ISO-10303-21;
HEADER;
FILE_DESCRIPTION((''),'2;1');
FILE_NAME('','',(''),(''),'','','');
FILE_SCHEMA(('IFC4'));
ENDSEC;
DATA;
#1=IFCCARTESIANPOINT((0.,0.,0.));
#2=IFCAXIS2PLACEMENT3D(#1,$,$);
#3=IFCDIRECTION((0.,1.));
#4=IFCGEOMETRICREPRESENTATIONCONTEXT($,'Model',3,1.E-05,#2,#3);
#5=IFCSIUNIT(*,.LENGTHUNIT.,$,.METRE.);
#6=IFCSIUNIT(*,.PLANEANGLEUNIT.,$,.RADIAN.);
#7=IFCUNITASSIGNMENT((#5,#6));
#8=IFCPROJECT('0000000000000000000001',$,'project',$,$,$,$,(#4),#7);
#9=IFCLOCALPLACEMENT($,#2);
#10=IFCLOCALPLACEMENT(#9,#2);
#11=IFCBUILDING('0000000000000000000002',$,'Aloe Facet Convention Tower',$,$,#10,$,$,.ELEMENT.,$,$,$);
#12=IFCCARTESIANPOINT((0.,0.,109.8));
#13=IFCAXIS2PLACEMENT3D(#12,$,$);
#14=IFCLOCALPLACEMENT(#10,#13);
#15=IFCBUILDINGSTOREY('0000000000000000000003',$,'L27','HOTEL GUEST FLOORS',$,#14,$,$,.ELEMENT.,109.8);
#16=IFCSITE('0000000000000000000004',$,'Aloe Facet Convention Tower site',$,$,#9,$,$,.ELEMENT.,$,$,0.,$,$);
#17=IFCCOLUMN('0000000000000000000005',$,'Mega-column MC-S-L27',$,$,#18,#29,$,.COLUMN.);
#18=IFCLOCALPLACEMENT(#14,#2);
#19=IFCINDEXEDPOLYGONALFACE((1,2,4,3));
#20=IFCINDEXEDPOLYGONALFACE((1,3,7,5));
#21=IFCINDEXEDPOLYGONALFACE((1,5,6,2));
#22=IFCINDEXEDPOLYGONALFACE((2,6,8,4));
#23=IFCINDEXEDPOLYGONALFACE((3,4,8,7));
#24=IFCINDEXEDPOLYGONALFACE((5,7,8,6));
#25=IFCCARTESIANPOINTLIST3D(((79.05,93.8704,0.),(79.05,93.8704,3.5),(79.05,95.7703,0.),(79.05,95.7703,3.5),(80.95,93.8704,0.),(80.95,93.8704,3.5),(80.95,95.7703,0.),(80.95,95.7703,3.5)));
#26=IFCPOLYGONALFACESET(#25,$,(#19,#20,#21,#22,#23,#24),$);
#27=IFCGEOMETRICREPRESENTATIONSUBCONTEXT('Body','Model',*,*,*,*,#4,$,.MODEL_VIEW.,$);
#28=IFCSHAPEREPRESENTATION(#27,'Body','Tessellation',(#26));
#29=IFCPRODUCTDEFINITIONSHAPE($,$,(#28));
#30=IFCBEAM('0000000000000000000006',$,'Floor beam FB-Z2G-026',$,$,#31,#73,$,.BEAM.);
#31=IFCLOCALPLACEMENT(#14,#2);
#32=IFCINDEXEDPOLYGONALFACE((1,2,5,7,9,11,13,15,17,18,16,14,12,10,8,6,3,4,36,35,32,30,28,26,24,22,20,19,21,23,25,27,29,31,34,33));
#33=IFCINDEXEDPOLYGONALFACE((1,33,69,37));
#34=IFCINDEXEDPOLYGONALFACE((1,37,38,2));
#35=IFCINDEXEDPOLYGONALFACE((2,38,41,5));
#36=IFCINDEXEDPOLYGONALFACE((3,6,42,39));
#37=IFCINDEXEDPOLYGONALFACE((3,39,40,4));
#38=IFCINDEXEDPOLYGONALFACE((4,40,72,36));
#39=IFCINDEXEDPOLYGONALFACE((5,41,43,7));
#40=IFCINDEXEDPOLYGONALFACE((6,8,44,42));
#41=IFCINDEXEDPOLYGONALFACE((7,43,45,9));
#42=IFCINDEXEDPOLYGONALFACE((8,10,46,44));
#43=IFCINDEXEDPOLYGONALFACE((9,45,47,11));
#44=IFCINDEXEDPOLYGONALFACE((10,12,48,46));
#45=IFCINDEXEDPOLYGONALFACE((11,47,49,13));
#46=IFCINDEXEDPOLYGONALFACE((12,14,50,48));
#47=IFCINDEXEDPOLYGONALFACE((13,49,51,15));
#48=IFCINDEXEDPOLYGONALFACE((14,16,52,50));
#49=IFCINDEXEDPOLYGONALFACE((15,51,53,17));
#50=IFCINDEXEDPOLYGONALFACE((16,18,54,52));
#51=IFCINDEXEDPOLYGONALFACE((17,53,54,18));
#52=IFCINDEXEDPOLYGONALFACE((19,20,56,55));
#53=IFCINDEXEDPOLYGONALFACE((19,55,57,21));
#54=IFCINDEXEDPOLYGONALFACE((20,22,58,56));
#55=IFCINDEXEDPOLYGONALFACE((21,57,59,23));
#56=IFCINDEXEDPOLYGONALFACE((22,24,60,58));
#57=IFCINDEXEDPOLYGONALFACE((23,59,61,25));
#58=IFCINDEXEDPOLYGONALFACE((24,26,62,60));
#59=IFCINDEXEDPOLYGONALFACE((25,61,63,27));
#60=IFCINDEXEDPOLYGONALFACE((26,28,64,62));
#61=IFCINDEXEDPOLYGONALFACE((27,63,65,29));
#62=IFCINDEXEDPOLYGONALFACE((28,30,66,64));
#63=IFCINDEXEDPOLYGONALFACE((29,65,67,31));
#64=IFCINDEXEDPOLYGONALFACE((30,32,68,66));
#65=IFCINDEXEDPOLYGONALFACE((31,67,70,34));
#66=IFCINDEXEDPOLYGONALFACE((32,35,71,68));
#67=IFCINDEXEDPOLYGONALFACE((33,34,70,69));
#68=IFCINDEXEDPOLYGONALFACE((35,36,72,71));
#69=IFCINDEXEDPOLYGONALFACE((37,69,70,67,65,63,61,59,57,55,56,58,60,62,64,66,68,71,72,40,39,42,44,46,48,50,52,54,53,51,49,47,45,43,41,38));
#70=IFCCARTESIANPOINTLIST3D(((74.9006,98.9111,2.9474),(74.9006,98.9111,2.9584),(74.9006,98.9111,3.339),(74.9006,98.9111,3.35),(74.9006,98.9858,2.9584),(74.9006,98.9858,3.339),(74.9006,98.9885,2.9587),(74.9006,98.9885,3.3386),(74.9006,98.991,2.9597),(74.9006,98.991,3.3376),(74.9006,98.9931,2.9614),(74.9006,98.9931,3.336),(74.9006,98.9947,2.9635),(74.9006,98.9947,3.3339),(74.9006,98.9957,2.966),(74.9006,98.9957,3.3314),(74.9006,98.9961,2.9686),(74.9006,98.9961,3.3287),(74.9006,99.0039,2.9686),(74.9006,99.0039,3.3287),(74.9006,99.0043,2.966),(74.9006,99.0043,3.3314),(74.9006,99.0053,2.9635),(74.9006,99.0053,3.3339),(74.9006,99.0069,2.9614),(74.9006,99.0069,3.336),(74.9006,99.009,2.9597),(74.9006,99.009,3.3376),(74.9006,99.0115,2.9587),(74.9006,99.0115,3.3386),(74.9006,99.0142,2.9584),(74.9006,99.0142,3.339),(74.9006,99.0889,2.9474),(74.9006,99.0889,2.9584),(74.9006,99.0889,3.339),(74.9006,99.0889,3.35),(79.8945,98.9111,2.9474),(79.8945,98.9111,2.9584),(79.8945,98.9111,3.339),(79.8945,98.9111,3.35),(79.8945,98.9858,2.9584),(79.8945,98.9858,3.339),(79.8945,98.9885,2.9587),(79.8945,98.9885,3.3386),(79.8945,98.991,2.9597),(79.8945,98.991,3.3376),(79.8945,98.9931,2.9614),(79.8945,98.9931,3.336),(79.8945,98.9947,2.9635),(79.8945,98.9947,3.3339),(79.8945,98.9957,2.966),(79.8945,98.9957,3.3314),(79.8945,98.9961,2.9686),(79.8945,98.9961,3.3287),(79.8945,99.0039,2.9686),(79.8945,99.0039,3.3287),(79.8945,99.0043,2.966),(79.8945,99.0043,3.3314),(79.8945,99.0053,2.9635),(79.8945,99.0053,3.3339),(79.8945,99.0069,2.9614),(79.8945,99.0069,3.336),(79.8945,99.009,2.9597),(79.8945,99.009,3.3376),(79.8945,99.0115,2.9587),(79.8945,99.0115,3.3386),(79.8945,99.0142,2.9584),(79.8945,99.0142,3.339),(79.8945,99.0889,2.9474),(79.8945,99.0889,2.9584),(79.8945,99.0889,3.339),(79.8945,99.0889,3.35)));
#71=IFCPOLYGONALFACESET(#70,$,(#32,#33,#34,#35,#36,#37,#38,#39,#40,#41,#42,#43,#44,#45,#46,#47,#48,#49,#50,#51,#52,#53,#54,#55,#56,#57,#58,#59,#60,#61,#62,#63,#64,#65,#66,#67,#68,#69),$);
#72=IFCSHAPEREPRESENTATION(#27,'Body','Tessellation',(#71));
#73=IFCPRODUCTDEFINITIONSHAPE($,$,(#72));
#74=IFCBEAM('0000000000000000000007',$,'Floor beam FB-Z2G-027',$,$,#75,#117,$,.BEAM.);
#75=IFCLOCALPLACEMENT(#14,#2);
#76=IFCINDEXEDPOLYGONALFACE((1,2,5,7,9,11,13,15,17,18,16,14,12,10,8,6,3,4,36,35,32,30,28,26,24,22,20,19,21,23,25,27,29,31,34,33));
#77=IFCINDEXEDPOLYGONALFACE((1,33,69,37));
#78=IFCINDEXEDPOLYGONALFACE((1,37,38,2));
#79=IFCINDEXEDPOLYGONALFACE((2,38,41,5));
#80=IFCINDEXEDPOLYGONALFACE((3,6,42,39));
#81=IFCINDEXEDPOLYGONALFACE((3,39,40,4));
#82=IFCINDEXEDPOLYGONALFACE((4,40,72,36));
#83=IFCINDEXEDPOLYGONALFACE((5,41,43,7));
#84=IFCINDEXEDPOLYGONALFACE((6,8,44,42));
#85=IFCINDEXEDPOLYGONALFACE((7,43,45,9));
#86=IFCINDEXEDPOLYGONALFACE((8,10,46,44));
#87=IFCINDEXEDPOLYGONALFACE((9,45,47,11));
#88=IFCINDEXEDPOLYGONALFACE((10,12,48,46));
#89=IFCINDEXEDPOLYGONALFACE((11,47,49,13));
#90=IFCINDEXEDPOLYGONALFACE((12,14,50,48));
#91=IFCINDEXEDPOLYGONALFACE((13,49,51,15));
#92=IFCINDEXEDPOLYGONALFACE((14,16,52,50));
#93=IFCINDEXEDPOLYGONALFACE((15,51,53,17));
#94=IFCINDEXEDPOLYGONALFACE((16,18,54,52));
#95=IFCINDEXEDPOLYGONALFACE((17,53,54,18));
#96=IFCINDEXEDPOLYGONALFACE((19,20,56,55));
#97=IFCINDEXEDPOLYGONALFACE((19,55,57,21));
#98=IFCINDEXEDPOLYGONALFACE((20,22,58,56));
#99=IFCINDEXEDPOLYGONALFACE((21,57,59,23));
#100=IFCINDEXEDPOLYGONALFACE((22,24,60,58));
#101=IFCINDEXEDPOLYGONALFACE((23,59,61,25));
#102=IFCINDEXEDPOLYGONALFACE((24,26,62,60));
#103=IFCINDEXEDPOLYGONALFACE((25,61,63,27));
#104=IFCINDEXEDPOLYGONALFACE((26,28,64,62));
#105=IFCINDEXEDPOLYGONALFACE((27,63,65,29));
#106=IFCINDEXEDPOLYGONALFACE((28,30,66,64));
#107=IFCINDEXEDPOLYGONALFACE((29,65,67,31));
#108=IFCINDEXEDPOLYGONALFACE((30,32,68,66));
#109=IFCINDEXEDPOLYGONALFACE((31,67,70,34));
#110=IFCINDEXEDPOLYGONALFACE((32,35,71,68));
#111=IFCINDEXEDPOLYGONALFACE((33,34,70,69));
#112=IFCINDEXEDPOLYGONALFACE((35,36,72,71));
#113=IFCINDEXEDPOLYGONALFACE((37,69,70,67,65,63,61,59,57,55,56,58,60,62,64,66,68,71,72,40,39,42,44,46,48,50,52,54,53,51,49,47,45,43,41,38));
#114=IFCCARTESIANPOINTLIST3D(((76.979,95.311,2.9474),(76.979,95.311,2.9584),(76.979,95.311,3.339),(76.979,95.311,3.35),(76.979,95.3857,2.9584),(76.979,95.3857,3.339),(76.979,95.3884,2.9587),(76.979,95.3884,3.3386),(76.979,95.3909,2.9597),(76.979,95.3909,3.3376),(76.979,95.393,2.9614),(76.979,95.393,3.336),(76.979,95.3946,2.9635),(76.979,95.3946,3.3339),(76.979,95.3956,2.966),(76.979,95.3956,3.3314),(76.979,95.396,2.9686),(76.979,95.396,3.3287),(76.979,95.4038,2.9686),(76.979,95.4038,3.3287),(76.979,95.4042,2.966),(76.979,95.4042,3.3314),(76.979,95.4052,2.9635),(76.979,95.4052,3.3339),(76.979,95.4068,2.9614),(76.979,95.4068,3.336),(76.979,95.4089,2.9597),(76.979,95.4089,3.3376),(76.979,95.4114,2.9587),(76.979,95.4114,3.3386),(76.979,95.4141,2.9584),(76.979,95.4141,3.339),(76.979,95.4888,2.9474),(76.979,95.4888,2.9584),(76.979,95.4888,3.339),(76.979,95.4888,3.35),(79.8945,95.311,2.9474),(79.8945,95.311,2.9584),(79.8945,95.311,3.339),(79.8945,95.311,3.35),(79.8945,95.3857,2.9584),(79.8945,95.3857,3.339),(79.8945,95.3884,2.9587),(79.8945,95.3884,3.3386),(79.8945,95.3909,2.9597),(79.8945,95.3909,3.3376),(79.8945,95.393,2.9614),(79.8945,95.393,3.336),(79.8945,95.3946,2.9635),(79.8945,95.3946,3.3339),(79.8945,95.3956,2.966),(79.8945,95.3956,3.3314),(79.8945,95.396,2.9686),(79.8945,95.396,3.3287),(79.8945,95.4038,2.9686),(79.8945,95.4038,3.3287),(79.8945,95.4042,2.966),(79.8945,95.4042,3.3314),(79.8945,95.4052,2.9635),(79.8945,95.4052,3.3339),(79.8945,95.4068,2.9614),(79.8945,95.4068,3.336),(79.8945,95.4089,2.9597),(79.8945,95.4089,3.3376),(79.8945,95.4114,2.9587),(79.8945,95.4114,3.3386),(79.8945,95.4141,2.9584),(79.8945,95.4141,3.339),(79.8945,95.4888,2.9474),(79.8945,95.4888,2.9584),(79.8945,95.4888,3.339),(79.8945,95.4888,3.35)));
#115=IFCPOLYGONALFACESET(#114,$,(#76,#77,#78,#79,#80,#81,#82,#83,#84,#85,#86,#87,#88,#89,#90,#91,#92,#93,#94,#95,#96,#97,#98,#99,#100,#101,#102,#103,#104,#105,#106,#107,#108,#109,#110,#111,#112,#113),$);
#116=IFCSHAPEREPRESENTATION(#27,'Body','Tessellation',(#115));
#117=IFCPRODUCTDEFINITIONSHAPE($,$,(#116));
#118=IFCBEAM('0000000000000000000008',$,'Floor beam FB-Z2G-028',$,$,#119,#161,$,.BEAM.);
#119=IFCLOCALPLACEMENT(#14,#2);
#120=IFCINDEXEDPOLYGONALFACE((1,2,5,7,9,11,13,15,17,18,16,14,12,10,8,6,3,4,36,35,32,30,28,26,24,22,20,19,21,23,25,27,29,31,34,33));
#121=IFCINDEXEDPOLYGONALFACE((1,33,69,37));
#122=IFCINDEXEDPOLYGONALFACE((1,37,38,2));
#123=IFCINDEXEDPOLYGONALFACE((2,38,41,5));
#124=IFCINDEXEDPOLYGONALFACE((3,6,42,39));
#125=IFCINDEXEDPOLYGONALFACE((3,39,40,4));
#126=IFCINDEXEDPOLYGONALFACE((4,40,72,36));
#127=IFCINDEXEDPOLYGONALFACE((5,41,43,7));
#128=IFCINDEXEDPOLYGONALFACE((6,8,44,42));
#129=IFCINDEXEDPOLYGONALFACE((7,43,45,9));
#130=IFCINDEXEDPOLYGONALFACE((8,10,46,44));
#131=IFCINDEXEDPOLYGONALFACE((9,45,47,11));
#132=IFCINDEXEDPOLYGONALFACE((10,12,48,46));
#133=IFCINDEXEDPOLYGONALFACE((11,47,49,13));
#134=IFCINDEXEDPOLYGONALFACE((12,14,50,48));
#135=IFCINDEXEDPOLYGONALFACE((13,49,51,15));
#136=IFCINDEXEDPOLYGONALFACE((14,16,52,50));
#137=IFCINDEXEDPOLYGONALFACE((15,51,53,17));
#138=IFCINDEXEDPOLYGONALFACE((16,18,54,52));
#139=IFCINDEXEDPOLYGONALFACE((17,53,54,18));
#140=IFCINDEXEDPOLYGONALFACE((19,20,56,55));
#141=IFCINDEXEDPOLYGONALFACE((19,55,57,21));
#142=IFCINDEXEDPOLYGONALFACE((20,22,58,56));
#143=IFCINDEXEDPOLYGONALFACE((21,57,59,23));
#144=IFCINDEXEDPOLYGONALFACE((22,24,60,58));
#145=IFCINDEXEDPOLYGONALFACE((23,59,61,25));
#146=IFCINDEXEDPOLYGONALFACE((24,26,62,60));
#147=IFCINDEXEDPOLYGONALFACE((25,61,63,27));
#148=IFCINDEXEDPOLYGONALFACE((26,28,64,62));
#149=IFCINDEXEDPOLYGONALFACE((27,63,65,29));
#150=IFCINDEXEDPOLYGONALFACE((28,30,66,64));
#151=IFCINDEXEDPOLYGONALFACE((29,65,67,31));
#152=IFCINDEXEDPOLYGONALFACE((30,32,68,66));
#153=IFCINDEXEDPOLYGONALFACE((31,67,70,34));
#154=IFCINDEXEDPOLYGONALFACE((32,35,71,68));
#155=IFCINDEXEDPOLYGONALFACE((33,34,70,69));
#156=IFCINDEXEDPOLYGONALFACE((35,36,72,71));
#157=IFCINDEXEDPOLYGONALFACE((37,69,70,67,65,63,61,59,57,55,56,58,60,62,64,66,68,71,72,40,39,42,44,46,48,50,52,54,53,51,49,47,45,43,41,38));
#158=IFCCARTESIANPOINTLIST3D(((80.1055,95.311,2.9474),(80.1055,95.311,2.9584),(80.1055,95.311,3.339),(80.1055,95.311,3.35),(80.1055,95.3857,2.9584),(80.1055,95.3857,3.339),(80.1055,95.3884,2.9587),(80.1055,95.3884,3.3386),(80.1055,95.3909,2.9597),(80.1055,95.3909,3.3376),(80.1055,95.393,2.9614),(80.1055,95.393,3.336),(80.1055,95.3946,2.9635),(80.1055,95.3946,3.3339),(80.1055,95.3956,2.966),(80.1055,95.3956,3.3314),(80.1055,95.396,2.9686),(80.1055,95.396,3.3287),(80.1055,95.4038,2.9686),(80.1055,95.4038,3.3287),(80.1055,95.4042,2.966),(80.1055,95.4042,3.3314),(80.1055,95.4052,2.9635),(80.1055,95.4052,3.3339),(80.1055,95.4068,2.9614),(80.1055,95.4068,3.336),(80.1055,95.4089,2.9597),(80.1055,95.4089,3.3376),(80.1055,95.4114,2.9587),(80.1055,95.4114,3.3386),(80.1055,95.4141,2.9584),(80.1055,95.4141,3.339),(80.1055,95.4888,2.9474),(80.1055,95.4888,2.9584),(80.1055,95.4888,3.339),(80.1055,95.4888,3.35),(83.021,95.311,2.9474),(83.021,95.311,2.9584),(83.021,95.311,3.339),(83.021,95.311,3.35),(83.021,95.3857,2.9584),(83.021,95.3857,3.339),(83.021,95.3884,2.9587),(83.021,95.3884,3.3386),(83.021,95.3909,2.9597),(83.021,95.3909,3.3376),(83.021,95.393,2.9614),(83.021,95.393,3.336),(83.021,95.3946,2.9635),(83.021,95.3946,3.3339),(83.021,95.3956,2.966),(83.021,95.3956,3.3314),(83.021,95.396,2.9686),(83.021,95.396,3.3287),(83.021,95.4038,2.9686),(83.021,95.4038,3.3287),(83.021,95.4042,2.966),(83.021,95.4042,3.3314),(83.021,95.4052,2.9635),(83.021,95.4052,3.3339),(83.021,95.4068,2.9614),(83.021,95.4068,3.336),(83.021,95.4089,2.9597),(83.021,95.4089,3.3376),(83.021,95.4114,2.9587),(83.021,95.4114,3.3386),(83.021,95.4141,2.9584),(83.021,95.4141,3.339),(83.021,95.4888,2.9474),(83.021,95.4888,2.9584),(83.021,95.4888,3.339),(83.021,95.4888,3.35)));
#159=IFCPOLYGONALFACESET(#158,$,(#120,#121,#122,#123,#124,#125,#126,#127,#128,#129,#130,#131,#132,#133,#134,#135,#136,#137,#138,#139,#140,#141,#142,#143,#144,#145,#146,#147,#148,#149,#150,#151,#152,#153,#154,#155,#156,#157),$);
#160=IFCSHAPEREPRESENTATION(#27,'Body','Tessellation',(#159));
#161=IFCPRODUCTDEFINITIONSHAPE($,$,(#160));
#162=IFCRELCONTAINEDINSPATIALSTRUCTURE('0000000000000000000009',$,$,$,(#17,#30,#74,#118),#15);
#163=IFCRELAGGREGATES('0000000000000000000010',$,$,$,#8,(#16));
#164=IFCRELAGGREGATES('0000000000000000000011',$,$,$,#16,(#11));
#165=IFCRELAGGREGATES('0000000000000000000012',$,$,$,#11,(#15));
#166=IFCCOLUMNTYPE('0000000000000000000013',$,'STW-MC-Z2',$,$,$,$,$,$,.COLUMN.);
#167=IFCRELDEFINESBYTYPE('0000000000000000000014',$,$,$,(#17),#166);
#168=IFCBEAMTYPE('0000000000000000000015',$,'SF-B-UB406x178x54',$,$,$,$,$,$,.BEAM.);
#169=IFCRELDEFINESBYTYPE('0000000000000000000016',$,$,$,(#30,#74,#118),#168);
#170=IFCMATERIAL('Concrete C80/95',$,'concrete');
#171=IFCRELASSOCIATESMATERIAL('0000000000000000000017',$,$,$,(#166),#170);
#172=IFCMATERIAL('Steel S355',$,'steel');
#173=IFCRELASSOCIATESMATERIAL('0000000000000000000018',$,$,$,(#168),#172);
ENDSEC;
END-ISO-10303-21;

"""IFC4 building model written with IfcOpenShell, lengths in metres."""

from ifc_helpers import new_model, si_unit, direction, frame, origin, origin_2d, place, context, subcontext, project, spatial, rectangle, i_section, extrude, material, material_profile, profile_set, type_object, element, save


model = new_model("IFC4")

# Units and contexts
model_context = context("Model", 3, precision=1e-05, world=origin(), true_north=direction((0.0, 1.0)))
body_context = subcontext(model_context, "Body", "Model", "MODEL_VIEW")
ifc_project = project(units=[si_unit("LENGTHUNIT", "METRE"), si_unit("PLANEANGLEUNIT", "RADIAN")], contexts=[model_context])

# Site, building, storey
site_placement = place(None, origin())
site = spatial("IfcSite", under=ifc_project, at=site_placement, Name="Aloe Facet Convention Tower site", CompositionType="ELEMENT", RefElevation=0.0)
building_placement = place(site_placement, origin())
building = spatial("IfcBuilding", under=site, at=building_placement, Name="Aloe Facet Convention Tower", CompositionType="ELEMENT")
storey_placement = place(building_placement, frame((0.0, 0.0, 109.8)))
storey = spatial("IfcBuildingStorey", under=building, at=storey_placement, Name="L27", Description="HOTEL GUEST FLOORS", CompositionType="ELEMENT", Elevation=109.8)

# Column
ifc_material_1 = material(Name="Concrete C80/95", Category="concrete")
ifc_material_profile_1 = material_profile(ifc_material_1, rectangle(XDim=1.8999, YDim=1.8999, at=origin_2d()), Name="STW-MC-Z2")
ifc_profile_set_1 = profile_set([ifc_material_profile_1], Name="Concrete C80/95")
column_type = type_object("IfcColumnType", Name="STW-MC-Z2", PredefinedType="COLUMN", material=ifc_profile_set_1)
column_placement = place(storey_placement, frame((80.0, 94.8203, 0.0), z_axis=(0.0, 0.0, 1.0), x_axis=(1.0, 0.0, 0.0)))
element("IfcColumn", 1, at=column_placement, inside=storey, type_object=column_type, Name="Mega-column MC-S-L27", PredefinedType="COLUMN", context=body_context, shape_type="SweptSolid", body=[
    extrude(rectangle(XDim=1.8999, YDim=1.8999, at=origin_2d()), origin(), (0.0, 0.0, 1.0), 3.5),
])

# Beams
ifc_material_2 = material(Name="Steel S355", Category="steel")
ifc_material_profile_2 = material_profile(ifc_material_2, i_section(OverallWidth=0.1777, OverallDepth=0.4026, WebThickness=0.0078, FlangeThickness=0.011, FilletRadius=0.0103, at=origin_2d()), Name="UB 406x178x54")
ifc_profile_set_2 = profile_set([ifc_material_profile_2], Name="Steel S355")
beam_type_1 = type_object("IfcBeamType", Name="SF-B-UB406x178x54", PredefinedType="BEAM", material=ifc_profile_set_2)
beam_1_placement = place(storey_placement, frame((74.9006, 99.0, 3.1487), z_axis=(1.0, 0.0, 0.0), x_axis=(0.0, 1.0, 0.0)))
element("IfcBeam", 2, at=beam_1_placement, inside=storey, type_object=beam_type_1, Name="Floor beam FB-Z2G-026", PredefinedType="BEAM", context=body_context, shape_type="SweptSolid", body=[
    extrude(i_section(OverallWidth=0.1777, OverallDepth=0.4026, WebThickness=0.0078, FlangeThickness=0.011, FilletRadius=0.0103, at=origin_2d()), origin(), (0.0, 0.0, 1.0), 4.9939),
])
for number, where, z_axis, x_axis, name in (
    (3, (76.979, 95.3999, 3.1487), (1.0, 0.0, 0.0), (0.0, 1.0, 0.0), "Floor beam FB-Z2G-027"),
    (4, (80.1055, 95.3999, 3.1487), (1.0, 0.0, 0.0), (0.0, 1.0, 0.0), "Floor beam FB-Z2G-028"),
):
    element("IfcBeam", number, at=place(storey_placement, frame(where, z_axis=z_axis, x_axis=x_axis)), inside=storey, type_object=beam_type_1, Name=name, PredefinedType="BEAM", context=body_context, shape_type="SweptSolid", body=[
        extrude(i_section(OverallWidth=0.1777, OverallDepth=0.4026, WebThickness=0.0078, FlangeThickness=0.011, FilletRadius=0.0103, at=origin_2d()), origin(), (0.0, 0.0, 1.0), 2.9155),
    ])

save(model, "model.ifc")
